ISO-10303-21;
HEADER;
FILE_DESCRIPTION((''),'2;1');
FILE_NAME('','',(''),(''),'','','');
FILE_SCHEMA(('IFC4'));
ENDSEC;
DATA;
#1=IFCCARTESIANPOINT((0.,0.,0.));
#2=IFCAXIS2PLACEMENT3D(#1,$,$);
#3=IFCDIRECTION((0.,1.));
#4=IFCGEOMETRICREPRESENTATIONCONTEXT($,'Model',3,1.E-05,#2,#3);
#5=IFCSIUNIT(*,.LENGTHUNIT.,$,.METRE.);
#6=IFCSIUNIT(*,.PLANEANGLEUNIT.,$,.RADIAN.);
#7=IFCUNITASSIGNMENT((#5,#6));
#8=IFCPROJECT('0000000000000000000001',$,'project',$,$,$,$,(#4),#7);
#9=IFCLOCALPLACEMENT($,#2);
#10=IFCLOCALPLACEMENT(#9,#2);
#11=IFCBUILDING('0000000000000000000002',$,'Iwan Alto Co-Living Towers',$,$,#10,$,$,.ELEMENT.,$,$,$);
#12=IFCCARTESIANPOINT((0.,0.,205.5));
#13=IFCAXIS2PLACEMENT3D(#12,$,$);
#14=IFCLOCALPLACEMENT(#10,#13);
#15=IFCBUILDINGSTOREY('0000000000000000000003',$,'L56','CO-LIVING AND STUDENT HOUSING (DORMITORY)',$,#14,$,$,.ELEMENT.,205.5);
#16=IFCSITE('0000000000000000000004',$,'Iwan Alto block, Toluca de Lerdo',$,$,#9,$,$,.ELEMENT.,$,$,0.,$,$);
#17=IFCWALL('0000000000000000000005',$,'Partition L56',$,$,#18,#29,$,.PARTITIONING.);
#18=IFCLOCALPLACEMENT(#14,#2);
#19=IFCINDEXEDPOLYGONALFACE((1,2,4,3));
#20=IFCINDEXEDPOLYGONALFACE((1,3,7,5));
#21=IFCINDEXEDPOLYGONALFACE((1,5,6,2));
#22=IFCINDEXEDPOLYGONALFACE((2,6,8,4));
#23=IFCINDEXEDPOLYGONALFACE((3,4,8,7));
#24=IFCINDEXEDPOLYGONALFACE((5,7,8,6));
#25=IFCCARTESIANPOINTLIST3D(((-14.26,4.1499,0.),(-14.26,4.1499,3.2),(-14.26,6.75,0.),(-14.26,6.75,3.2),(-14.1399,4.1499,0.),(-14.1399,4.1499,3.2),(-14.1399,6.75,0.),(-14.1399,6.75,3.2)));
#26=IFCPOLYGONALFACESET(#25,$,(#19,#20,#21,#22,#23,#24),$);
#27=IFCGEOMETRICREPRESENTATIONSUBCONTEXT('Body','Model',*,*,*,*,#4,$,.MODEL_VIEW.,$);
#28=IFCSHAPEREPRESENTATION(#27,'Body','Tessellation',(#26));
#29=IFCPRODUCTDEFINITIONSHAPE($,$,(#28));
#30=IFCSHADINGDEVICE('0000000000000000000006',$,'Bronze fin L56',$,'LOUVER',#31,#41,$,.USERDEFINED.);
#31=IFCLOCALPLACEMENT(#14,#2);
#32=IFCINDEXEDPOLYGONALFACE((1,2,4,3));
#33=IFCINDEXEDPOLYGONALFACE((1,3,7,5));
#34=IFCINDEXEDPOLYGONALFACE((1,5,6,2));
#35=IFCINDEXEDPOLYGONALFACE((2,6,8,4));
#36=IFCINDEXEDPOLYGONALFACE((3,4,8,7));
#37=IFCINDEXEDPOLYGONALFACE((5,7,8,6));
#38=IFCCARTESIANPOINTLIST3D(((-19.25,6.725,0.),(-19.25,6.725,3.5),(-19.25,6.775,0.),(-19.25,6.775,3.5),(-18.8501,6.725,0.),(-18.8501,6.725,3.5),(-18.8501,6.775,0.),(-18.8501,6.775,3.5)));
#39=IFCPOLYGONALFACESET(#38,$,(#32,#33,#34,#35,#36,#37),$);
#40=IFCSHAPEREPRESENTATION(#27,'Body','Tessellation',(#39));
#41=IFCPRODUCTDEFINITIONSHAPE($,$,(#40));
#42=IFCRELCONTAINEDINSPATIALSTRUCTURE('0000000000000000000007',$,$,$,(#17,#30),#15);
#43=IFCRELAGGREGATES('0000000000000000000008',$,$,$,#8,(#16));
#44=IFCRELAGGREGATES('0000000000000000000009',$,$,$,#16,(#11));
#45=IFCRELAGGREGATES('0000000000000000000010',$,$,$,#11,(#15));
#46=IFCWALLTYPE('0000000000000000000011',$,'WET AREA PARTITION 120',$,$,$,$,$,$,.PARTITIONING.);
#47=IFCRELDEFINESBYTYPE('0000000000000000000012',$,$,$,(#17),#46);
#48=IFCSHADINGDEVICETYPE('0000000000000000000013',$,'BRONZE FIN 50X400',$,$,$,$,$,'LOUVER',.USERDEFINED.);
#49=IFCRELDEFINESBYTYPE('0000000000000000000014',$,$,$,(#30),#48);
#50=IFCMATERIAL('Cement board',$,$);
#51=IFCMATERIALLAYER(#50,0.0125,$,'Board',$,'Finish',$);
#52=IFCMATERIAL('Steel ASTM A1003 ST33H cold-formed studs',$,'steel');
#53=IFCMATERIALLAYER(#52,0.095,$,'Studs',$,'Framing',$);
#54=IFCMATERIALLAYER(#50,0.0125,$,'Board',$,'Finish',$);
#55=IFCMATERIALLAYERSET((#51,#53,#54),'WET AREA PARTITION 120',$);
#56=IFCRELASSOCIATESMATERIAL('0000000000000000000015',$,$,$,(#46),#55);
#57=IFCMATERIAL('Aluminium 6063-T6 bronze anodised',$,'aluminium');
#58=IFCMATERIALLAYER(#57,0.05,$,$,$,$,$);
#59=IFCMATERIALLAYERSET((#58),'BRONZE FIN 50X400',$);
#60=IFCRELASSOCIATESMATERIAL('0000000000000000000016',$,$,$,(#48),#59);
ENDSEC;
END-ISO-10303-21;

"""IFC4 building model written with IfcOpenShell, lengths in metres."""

from ifc_helpers import new_model, si_unit, direction, frame, frame_2d, origin, origin_2d, place, context, subcontext, project, spatial, rectangle, extrude, material, layer, layer_set, type_object, element, save


model = new_model("IFC4")

# Units and contexts
model_context = context("Model", 3, precision=1e-05, world=origin(), true_north=direction((0.0, 1.0)))
body_context = subcontext(model_context, "Body", "Model", "MODEL_VIEW")
ifc_project = project(units=[si_unit("LENGTHUNIT", "METRE"), si_unit("PLANEANGLEUNIT", "RADIAN")], contexts=[model_context])

# Site, building, storey
site_placement = place(None, origin())
site = spatial("IfcSite", under=ifc_project, at=site_placement, Name="Iwan Alto block, Toluca de Lerdo", CompositionType="ELEMENT", RefElevation=0.0)
building_placement = place(site_placement, origin())
building = spatial("IfcBuilding", under=site, at=building_placement, Name="Iwan Alto Co-Living Towers", CompositionType="ELEMENT")
storey_placement = place(building_placement, frame((0.0, 0.0, 205.5)))
storey = spatial("IfcBuildingStorey", under=building, at=storey_placement, Name="L56", Description="CO-LIVING AND STUDENT HOUSING (DORMITORY)", CompositionType="ELEMENT", Elevation=205.5)

# Shared definitions
ifc_material_1 = material(Name="Steel ASTM A1003 ST33H cold-formed studs", Category="steel")

# Shared definitions
ifc_material_2 = material(Name="Cement board")
ifc_layer_1 = layer(ifc_material_2, 0.0125, Name="Board", Category="Finish")
ifc_layer_2 = layer(ifc_material_1, 0.095, Name="Studs", Category="Framing")
ifc_layer_3 = layer(ifc_material_2, 0.0125, Name="Board", Category="Finish")
ifc_layer_set_1 = layer_set([ifc_layer_1, ifc_layer_2, ifc_layer_3], Name="WET AREA PARTITION 120")
wall_type_1 = type_object("IfcWallType", Name="WET AREA PARTITION 120", PredefinedType="PARTITIONING", material=ifc_layer_set_1)

# Wall
wall_1_placement = place(storey_placement, frame((-14.2, 4.1499, 0.0), z_axis=(0.0, 0.0, 1.0), x_axis=(0.0, 1.0, 0.0)))
element("IfcWall", 1, at=wall_1_placement, inside=storey, type_object=wall_type_1, Name="Partition L56", PredefinedType="PARTITIONING", context=body_context, shape_type="SweptSolid", body=[
    extrude(rectangle(XDim=2.6001, YDim=0.1201, at=frame_2d((1.3, 0.0))), origin(), (0.0, 0.0, 1.0), 3.2),
])

# Shading device
ifc_material_3 = material(Name="Aluminium 6063-T6 bronze anodised", Category="aluminium")
ifc_layer_4 = layer(ifc_material_3, 0.05)
ifc_layer_set_2 = layer_set([ifc_layer_4], Name="BRONZE FIN 50X400")
shading_device_type = type_object("IfcShadingDeviceType", Name="BRONZE FIN 50X400", ElementType="LOUVER", PredefinedType="USERDEFINED", material=ifc_layer_set_2)
shading_device_placement = place(storey_placement, frame((-19.05, 6.75, 0.0), z_axis=(0.0, 0.0, 1.0), x_axis=(0.0, -1.0, 0.0)))
element("IfcShadingDevice", 2, at=shading_device_placement, inside=storey, type_object=shading_device_type, Name="Bronze fin L56", ObjectType="LOUVER", PredefinedType="USERDEFINED", context=body_context, shape_type="SweptSolid", body=[
    extrude(rectangle(XDim=0.05, YDim=0.3999, at=origin_2d()), origin(), (0.0, 0.0, 1.0), 3.5),
])

save(model, "model.ifc")
